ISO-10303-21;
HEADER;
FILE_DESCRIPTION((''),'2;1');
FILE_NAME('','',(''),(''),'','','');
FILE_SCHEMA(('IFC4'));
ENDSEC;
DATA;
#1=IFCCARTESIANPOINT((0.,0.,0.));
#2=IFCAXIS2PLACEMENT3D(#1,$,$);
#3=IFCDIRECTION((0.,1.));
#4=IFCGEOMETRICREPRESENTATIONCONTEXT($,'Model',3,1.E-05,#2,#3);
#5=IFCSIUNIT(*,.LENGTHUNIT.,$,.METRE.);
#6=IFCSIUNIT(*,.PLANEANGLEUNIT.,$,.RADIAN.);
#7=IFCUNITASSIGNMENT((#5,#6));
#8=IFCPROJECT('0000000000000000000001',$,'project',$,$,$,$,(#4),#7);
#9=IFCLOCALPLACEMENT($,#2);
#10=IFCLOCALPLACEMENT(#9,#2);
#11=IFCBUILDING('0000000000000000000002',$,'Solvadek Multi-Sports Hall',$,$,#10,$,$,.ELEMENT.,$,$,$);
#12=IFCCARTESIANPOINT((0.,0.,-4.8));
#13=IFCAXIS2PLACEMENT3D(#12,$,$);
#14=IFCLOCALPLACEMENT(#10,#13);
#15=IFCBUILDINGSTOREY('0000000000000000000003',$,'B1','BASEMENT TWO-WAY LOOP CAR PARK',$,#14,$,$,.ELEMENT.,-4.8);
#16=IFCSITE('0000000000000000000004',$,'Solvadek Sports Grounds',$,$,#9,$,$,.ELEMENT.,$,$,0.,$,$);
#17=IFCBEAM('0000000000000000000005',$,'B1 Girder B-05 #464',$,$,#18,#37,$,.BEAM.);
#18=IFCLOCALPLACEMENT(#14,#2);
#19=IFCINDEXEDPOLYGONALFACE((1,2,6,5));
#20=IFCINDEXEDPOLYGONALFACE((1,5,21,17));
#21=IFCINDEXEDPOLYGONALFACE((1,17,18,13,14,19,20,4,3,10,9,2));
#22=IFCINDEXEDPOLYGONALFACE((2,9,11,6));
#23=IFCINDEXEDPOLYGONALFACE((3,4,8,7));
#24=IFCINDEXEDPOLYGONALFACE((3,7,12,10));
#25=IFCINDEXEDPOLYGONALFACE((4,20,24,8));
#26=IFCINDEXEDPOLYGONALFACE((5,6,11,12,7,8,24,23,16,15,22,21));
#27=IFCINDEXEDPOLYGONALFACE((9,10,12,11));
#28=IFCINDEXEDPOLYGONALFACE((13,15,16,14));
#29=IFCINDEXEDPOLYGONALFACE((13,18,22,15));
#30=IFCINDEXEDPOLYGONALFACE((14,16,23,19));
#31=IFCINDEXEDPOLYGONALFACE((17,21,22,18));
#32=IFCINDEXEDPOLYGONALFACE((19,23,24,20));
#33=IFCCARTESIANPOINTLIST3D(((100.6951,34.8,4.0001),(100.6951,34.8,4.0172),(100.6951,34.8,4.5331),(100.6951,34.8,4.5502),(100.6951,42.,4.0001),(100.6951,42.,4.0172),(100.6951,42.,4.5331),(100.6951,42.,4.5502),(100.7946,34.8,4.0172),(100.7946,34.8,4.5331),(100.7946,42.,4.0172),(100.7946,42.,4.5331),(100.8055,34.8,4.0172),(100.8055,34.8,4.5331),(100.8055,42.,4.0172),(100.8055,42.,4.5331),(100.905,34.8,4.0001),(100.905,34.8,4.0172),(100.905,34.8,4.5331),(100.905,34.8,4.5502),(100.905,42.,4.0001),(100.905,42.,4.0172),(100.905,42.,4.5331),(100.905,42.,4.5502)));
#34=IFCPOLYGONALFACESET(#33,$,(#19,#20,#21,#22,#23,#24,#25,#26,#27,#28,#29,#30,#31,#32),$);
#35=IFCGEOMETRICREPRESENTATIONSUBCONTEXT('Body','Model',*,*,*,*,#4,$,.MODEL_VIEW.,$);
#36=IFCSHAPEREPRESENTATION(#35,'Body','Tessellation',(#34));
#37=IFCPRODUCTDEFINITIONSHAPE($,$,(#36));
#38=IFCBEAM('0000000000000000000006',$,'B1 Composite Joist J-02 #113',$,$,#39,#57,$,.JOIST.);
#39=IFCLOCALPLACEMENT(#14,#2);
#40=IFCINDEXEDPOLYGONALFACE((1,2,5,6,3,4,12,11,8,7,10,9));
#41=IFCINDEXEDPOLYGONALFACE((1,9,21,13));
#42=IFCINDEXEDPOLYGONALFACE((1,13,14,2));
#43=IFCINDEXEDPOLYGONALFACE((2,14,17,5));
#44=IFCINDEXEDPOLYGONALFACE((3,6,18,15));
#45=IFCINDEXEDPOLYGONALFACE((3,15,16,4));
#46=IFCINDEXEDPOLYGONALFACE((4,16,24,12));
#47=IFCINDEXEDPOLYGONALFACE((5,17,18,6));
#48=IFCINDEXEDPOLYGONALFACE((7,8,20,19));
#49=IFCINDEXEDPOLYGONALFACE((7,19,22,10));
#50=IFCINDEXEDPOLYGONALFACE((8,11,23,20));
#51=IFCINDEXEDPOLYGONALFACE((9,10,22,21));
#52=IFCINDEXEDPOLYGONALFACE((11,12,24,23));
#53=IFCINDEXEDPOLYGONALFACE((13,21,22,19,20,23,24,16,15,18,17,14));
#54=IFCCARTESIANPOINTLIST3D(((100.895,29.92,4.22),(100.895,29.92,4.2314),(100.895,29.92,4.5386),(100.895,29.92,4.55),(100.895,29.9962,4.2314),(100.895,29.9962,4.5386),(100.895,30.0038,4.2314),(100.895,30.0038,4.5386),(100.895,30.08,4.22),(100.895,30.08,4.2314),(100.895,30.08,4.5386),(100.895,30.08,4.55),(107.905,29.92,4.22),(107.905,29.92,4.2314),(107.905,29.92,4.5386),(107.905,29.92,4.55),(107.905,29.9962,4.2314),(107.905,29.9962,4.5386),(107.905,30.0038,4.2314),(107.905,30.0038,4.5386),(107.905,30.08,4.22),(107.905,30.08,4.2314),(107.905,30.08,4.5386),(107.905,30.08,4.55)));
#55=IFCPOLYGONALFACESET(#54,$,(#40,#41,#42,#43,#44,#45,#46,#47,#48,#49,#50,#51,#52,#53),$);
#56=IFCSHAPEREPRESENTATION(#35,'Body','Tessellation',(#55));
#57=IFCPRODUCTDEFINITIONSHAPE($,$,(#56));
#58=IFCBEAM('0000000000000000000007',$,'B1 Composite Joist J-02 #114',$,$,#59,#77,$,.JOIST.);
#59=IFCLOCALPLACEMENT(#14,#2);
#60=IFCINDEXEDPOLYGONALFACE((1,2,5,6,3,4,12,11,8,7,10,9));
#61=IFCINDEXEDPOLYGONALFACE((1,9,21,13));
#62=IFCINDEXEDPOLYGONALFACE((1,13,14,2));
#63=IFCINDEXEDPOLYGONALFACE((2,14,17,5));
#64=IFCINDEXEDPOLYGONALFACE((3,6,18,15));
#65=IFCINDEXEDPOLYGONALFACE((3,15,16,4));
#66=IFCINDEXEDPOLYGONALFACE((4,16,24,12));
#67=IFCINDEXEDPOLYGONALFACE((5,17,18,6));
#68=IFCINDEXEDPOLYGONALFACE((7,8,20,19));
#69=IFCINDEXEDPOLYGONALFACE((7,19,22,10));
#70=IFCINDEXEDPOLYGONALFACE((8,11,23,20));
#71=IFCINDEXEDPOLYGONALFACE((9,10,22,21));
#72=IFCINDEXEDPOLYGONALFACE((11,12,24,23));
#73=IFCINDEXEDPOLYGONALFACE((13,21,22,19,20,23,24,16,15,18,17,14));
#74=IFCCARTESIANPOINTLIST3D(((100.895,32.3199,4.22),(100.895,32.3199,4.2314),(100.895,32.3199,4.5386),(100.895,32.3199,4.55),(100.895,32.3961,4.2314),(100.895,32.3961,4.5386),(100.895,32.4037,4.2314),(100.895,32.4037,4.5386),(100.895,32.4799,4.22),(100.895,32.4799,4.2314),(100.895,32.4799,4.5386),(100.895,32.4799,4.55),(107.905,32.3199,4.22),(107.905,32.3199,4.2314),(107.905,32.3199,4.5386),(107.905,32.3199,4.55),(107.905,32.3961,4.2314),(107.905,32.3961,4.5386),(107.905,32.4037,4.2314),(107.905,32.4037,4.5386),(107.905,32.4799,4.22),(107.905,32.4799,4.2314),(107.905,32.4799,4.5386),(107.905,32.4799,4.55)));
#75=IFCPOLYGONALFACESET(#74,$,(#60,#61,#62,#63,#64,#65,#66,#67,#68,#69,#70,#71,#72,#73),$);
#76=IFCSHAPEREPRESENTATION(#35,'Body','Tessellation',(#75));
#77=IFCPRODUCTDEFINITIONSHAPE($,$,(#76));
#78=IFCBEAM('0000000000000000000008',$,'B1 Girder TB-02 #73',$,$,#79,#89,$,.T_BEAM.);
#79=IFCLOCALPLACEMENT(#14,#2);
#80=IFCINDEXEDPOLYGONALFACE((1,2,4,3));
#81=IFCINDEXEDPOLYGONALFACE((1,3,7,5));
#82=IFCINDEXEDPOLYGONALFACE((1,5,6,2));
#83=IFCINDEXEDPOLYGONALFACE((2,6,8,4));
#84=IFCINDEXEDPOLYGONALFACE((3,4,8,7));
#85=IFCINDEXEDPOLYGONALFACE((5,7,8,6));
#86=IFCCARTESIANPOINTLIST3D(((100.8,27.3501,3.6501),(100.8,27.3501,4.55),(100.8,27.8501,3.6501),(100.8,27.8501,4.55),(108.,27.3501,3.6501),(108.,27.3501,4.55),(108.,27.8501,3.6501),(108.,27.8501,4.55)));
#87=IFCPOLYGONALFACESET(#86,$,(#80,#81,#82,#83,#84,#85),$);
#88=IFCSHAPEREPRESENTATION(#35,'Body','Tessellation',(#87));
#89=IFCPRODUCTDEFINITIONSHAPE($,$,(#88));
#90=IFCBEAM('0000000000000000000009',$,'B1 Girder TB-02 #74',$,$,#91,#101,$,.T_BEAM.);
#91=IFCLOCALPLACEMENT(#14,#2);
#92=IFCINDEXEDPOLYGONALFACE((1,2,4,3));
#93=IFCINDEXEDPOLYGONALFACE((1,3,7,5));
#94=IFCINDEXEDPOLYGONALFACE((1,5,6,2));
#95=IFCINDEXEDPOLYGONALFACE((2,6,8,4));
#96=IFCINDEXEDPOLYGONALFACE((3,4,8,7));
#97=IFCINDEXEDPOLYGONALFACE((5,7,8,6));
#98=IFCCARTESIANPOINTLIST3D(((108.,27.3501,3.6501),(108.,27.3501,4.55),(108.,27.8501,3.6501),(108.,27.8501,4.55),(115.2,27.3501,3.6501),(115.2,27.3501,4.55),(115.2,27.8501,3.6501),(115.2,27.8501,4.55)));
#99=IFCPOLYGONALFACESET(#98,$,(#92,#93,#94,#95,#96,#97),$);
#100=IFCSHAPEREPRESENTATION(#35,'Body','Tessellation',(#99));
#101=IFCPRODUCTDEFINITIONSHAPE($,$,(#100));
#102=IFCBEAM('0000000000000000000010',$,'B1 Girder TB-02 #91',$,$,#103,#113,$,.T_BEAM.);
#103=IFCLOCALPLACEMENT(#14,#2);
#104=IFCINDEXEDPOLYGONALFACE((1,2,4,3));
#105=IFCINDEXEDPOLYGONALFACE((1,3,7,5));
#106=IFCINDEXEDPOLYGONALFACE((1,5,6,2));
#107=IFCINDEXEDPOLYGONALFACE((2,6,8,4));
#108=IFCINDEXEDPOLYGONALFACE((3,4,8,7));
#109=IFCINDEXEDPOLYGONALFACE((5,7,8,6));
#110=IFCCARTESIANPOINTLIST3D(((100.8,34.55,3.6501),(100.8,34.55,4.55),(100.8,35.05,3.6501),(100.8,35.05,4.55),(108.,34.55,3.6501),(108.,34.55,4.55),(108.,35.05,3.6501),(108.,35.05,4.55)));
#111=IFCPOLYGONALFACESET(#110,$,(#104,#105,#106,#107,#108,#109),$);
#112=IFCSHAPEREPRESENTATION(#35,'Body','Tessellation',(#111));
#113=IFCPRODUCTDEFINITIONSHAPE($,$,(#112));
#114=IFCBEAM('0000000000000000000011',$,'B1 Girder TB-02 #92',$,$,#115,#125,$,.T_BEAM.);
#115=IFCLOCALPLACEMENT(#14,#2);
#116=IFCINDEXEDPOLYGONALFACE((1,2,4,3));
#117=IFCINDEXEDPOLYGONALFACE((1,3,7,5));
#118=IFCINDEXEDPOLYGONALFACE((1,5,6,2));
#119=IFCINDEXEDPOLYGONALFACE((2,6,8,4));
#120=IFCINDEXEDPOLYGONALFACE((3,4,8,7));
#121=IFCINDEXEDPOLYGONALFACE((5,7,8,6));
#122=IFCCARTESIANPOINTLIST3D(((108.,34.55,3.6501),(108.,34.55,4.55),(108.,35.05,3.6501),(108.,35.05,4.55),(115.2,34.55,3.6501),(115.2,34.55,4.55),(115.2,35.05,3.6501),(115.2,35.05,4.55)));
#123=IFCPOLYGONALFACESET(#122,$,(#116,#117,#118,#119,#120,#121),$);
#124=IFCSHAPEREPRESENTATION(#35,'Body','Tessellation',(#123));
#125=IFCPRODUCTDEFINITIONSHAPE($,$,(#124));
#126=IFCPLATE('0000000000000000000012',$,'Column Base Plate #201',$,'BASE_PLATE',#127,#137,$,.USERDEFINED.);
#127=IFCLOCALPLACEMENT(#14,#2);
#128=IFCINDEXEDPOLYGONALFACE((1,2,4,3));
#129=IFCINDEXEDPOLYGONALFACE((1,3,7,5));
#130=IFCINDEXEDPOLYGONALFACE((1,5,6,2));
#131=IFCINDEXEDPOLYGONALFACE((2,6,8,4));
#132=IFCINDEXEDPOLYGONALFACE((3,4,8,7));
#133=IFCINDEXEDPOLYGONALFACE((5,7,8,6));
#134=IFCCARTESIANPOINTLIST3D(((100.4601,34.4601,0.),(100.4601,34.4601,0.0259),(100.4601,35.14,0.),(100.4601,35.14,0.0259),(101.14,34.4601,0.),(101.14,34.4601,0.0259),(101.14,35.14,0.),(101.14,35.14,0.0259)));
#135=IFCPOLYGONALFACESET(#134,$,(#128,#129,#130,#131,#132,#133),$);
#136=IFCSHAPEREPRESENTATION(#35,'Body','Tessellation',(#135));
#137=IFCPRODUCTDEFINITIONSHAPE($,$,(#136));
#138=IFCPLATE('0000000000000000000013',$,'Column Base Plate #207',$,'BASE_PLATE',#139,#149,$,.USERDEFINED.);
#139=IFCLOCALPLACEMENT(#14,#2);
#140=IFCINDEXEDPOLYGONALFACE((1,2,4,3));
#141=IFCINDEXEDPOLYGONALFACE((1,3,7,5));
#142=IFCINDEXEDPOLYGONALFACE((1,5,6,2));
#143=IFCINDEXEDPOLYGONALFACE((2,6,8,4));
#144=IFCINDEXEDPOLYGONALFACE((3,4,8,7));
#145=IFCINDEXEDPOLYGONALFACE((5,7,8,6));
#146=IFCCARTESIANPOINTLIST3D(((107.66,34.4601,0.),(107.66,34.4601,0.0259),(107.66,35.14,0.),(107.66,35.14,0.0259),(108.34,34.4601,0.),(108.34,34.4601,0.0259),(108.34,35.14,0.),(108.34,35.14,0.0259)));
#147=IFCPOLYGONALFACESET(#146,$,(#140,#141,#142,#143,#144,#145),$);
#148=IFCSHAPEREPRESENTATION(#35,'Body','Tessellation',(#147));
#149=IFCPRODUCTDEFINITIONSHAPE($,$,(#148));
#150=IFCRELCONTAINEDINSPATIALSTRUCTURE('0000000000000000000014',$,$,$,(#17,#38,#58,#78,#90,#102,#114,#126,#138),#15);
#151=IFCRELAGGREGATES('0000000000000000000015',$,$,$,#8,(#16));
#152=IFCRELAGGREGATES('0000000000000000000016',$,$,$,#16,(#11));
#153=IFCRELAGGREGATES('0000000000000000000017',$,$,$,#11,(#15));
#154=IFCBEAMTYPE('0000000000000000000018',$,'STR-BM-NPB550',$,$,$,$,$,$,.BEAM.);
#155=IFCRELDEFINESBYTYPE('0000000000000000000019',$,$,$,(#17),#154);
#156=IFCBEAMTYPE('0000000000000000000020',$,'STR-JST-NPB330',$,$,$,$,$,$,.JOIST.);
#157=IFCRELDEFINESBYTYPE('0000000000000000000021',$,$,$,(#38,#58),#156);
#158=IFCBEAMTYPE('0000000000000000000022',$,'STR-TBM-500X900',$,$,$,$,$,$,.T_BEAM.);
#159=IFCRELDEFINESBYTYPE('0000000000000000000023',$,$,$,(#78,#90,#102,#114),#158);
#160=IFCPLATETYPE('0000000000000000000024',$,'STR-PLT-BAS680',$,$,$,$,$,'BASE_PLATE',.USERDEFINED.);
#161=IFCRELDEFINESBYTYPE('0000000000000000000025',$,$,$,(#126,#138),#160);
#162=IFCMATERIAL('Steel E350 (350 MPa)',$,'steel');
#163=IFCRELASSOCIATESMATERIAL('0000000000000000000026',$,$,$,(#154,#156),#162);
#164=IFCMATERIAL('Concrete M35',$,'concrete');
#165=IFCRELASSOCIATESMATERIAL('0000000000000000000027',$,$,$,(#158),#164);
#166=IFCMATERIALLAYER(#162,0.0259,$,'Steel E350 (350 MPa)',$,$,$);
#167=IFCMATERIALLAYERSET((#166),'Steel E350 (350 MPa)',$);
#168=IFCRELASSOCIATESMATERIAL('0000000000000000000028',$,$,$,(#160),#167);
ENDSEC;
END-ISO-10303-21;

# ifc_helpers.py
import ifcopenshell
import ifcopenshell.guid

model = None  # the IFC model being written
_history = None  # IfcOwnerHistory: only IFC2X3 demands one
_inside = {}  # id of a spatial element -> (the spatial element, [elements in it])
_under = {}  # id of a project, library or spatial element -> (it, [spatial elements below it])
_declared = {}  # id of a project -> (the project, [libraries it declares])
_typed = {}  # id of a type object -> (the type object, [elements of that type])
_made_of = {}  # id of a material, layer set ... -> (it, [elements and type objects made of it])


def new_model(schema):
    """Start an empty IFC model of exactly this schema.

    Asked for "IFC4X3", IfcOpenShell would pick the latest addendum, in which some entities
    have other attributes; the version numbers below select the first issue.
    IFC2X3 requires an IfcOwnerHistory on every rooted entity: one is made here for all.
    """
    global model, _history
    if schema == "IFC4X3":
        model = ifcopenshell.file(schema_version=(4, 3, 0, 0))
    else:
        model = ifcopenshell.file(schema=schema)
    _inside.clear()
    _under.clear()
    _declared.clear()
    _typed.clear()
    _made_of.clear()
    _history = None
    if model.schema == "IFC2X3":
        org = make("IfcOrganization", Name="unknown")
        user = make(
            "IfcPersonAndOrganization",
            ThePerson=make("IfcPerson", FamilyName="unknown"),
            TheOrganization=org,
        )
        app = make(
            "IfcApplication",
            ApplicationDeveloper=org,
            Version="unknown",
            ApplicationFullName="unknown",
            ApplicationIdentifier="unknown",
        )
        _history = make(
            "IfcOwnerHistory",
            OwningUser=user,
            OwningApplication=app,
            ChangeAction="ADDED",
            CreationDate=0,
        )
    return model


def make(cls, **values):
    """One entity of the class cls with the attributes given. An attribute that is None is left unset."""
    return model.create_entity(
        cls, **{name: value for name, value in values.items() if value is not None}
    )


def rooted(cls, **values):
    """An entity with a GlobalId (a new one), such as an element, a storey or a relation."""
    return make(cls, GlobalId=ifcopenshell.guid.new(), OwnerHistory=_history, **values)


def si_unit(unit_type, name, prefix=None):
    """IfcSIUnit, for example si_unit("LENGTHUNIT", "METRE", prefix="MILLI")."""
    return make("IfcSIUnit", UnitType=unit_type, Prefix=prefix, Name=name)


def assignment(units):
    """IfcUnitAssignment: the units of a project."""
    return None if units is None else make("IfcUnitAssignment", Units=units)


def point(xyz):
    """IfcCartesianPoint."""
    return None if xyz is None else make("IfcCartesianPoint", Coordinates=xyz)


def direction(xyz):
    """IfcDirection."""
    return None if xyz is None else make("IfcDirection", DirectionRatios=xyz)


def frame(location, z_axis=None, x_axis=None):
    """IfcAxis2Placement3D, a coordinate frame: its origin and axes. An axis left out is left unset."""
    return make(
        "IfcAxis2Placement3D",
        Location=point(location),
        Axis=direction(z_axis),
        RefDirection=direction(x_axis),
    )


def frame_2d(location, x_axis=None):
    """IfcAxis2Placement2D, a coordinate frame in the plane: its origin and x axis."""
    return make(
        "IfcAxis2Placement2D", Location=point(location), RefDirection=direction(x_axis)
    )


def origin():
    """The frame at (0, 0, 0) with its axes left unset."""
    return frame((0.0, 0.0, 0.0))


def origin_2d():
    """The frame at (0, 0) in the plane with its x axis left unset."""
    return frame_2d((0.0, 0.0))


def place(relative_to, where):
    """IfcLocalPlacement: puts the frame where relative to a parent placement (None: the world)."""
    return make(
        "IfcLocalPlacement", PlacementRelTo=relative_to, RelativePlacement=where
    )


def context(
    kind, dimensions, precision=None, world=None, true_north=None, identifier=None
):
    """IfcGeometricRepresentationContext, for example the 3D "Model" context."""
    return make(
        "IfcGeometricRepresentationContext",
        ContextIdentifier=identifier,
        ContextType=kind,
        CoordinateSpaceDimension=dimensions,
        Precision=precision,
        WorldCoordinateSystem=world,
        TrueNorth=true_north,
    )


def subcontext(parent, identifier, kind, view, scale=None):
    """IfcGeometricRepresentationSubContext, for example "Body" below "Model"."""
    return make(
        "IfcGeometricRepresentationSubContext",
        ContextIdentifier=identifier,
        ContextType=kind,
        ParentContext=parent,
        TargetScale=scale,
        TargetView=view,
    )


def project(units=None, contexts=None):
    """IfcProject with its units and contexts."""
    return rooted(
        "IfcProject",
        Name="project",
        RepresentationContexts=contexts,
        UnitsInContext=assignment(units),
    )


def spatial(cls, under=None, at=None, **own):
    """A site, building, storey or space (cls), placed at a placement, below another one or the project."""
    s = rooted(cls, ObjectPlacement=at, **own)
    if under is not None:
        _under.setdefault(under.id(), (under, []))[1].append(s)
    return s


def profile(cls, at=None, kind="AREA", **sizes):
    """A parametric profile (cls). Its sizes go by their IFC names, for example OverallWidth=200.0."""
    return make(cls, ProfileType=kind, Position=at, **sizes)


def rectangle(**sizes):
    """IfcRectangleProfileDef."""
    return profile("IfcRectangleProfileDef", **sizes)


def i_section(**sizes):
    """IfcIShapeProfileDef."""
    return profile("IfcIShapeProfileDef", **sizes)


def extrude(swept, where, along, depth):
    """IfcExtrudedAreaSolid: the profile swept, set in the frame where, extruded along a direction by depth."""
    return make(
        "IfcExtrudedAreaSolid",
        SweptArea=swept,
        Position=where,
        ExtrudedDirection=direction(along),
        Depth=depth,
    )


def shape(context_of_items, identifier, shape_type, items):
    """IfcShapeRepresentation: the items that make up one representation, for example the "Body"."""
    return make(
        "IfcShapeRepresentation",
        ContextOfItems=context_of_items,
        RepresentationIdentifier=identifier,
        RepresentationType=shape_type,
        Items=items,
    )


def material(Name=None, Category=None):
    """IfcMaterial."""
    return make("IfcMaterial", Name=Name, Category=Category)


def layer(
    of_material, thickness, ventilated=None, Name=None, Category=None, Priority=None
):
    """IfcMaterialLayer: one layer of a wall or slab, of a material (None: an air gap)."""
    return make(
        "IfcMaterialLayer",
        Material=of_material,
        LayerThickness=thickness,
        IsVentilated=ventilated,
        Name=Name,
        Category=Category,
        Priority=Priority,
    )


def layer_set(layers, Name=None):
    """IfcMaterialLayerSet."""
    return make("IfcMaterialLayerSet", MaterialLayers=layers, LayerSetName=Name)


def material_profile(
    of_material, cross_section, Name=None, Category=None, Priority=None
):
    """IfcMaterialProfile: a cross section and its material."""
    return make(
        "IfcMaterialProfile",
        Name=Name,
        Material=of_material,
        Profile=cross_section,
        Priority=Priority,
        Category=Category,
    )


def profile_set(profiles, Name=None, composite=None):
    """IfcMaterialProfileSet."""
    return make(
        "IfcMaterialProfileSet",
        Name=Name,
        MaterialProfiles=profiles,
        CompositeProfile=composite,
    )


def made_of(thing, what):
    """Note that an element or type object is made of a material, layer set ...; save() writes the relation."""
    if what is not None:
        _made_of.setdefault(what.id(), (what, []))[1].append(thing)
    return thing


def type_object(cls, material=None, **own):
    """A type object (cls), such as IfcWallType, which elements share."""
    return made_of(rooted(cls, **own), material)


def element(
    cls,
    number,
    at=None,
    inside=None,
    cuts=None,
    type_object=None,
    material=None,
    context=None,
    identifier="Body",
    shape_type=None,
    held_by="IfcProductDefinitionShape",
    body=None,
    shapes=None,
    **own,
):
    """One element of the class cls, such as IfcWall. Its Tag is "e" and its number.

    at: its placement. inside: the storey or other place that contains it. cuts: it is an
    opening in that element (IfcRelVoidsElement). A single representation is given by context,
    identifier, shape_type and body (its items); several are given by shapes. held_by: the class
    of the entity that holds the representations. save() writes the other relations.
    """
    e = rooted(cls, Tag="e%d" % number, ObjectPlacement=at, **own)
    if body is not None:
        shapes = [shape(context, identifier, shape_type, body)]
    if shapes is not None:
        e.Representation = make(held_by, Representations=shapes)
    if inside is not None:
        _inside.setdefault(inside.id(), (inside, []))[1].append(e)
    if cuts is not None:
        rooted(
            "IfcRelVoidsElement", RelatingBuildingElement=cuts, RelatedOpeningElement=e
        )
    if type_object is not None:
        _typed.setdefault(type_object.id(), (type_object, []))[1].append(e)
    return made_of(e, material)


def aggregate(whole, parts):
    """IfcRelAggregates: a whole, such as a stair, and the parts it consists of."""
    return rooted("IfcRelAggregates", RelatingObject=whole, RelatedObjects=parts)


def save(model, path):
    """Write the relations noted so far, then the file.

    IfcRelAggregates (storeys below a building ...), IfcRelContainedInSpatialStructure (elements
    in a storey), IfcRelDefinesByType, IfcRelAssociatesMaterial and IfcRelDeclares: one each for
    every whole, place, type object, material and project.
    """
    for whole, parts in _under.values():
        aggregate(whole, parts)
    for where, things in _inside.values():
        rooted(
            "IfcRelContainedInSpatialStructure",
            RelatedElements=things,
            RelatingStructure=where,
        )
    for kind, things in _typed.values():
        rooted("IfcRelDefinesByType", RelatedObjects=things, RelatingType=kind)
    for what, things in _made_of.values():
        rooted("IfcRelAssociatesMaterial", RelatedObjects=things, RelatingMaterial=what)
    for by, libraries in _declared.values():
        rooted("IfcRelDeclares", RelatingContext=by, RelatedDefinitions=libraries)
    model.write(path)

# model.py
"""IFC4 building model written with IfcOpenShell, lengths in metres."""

from ifc_helpers import new_model, si_unit, direction, frame, origin, origin_2d, place, context, subcontext, project, spatial, rectangle, i_section, extrude, material, layer, layer_set, material_profile, profile_set, type_object, element, save


model = new_model("IFC4")

# Units and contexts
model_context = context("Model", 3, precision=1e-05, world=origin(), true_north=direction((0.0, 1.0)))
body_context = subcontext(model_context, "Body", "Model", "MODEL_VIEW")
ifc_project = project(units=[si_unit("LENGTHUNIT", "METRE"), si_unit("PLANEANGLEUNIT", "RADIAN")], contexts=[model_context])

# Site, building, storey
site_placement = place(None, origin())
site = spatial("IfcSite", under=ifc_project, at=site_placement, Name="Solvadek Sports Grounds", CompositionType="ELEMENT", RefElevation=0.0)
building_placement = place(site_placement, origin())
building = spatial("IfcBuilding", under=site, at=building_placement, Name="Solvadek Multi-Sports Hall", CompositionType="ELEMENT")
storey_placement = place(building_placement, frame((0.0, 0.0, -4.8)))
storey = spatial("IfcBuildingStorey", under=building, at=storey_placement, Name="B1", Description="BASEMENT TWO-WAY LOOP CAR PARK", CompositionType="ELEMENT", Elevation=-4.8)

# Shared definitions
ifc_material_1 = material(Name="Concrete M35", Category="concrete")

# Shared definitions
ifc_material_2 = material(Name="Steel E350 (350 MPa)", Category="steel")

# Beams
ifc_material_profile_1 = material_profile(ifc_material_2, i_section(OverallWidth=0.21, OverallDepth=0.55, WebThickness=0.011, FlangeThickness=0.0171, at=origin_2d()), Name="NPB 550")
ifc_profile_set_1 = profile_set([ifc_material_profile_1], Name="Steel E350 (350 MPa)")
beam_type_1 = type_object("IfcBeamType", Name="STR-BM-NPB550", PredefinedType="BEAM", material=ifc_profile_set_1)
beam_placement = place(storey_placement, frame((100.8, 34.8, 4.2751), z_axis=(0.0, 1.0, 0.0), x_axis=(-1.0, 0.0, 0.0)))
element("IfcBeam", 1, at=beam_placement, inside=storey, type_object=beam_type_1, Name="B1 Girder B-05 #464", PredefinedType="BEAM", context=body_context, shape_type="SweptSolid", body=[
    extrude(i_section(OverallWidth=0.21, OverallDepth=0.55, WebThickness=0.011, FlangeThickness=0.0171, at=origin_2d()), origin(), (0.0, 0.0, 1.0), 7.2),
])
ifc_material_profile_2 = material_profile(ifc_material_2, i_section(OverallWidth=0.1599, OverallDepth=0.3301, WebThickness=0.0076, FlangeThickness=0.0115, at=origin_2d()), Name="NPB 330")
ifc_profile_set_2 = profile_set([ifc_material_profile_2], Name="Steel E350 (350 MPa)")
beam_type_2 = type_object("IfcBeamType", Name="STR-JST-NPB330", PredefinedType="JOIST", material=ifc_profile_set_2)
for number, where, z_axis, x_axis, name in (
    (2, (100.895, 30.0, 4.385), (1.0, 0.0, 0.0), (0.0, 1.0, 0.0), "B1 Composite Joist J-02 #113"),
    (3, (100.895, 32.3999, 4.385), (1.0, 0.0, 0.0), (0.0, 1.0, 0.0), "B1 Composite Joist J-02 #114"),
):
    element("IfcBeam", number, at=place(storey_placement, frame(where, z_axis=z_axis, x_axis=x_axis)), inside=storey, type_object=beam_type_2, Name=name, PredefinedType="JOIST", context=body_context, shape_type="SweptSolid", body=[
        extrude(i_section(OverallWidth=0.1599, OverallDepth=0.3301, WebThickness=0.0076, FlangeThickness=0.0115, at=origin_2d()), origin(), (0.0, 0.0, 1.0), 7.01),
    ])
ifc_material_profile_3 = material_profile(ifc_material_1, rectangle(XDim=0.5, YDim=0.8999, at=origin_2d()), Name="RC T-BEAM 500x900")
ifc_profile_set_3 = profile_set([ifc_material_profile_3], Name="Concrete M35")
beam_type_3 = type_object("IfcBeamType", Name="STR-TBM-500X900", PredefinedType="T_BEAM", material=ifc_profile_set_3)
for number, where, z_axis, x_axis, name in (
    (4, (100.8, 27.6001, 4.1001), (1.0, 0.0, 0.0), (0.0, 1.0, 0.0), "B1 Girder TB-02 #73"),
    (5, (108.0, 27.6001, 4.1001), (1.0, 0.0, 0.0), (0.0, 1.0, 0.0), "B1 Girder TB-02 #74"),
    (6, (100.8, 34.8, 4.1001), (1.0, 0.0, 0.0), (0.0, 1.0, 0.0), "B1 Girder TB-02 #91"),
    (7, (108.0, 34.8, 4.1001), (1.0, 0.0, 0.0), (0.0, 1.0, 0.0), "B1 Girder TB-02 #92"),
):
    element("IfcBeam", number, at=place(storey_placement, frame(where, z_axis=z_axis, x_axis=x_axis)), inside=storey, type_object=beam_type_3, Name=name, PredefinedType="T_BEAM", context=body_context, shape_type="SweptSolid", body=[
        extrude(rectangle(XDim=0.5, YDim=0.8999, at=origin_2d()), origin(), (0.0, 0.0, 1.0), 7.2),
    ])

# Plates
ifc_layer = layer(ifc_material_2, 0.0259, Name="Steel E350 (350 MPa)")
ifc_layer_set = layer_set([ifc_layer], Name="Steel E350 (350 MPa)")
plate_type = type_object("IfcPlateType", Name="STR-PLT-BAS680", ElementType="BASE_PLATE", PredefinedType="USERDEFINED", material=ifc_layer_set)
for number, where, z_axis, x_axis, name in (
    (8, (100.8, 34.8, 0.0), (0.0, 0.0, 1.0), (1.0, 0.0, 0.0), "Column Base Plate #201"),
    (9, (108.0, 34.8, 0.0), (0.0, 0.0, 1.0), (1.0, 0.0, 0.0), "Column Base Plate #207"),
):
    element("IfcPlate", number, at=place(storey_placement, frame(where, z_axis=z_axis, x_axis=x_axis)), inside=storey, type_object=plate_type, Name=name, ObjectType="BASE_PLATE", PredefinedType="USERDEFINED", context=body_context, shape_type="SweptSolid", body=[
        extrude(rectangle(XDim=0.6799, YDim=0.6799, at=origin_2d()), origin(), (0.0, 0.0, 1.0), 0.0259),
    ])

save(model, "model.ifc")
